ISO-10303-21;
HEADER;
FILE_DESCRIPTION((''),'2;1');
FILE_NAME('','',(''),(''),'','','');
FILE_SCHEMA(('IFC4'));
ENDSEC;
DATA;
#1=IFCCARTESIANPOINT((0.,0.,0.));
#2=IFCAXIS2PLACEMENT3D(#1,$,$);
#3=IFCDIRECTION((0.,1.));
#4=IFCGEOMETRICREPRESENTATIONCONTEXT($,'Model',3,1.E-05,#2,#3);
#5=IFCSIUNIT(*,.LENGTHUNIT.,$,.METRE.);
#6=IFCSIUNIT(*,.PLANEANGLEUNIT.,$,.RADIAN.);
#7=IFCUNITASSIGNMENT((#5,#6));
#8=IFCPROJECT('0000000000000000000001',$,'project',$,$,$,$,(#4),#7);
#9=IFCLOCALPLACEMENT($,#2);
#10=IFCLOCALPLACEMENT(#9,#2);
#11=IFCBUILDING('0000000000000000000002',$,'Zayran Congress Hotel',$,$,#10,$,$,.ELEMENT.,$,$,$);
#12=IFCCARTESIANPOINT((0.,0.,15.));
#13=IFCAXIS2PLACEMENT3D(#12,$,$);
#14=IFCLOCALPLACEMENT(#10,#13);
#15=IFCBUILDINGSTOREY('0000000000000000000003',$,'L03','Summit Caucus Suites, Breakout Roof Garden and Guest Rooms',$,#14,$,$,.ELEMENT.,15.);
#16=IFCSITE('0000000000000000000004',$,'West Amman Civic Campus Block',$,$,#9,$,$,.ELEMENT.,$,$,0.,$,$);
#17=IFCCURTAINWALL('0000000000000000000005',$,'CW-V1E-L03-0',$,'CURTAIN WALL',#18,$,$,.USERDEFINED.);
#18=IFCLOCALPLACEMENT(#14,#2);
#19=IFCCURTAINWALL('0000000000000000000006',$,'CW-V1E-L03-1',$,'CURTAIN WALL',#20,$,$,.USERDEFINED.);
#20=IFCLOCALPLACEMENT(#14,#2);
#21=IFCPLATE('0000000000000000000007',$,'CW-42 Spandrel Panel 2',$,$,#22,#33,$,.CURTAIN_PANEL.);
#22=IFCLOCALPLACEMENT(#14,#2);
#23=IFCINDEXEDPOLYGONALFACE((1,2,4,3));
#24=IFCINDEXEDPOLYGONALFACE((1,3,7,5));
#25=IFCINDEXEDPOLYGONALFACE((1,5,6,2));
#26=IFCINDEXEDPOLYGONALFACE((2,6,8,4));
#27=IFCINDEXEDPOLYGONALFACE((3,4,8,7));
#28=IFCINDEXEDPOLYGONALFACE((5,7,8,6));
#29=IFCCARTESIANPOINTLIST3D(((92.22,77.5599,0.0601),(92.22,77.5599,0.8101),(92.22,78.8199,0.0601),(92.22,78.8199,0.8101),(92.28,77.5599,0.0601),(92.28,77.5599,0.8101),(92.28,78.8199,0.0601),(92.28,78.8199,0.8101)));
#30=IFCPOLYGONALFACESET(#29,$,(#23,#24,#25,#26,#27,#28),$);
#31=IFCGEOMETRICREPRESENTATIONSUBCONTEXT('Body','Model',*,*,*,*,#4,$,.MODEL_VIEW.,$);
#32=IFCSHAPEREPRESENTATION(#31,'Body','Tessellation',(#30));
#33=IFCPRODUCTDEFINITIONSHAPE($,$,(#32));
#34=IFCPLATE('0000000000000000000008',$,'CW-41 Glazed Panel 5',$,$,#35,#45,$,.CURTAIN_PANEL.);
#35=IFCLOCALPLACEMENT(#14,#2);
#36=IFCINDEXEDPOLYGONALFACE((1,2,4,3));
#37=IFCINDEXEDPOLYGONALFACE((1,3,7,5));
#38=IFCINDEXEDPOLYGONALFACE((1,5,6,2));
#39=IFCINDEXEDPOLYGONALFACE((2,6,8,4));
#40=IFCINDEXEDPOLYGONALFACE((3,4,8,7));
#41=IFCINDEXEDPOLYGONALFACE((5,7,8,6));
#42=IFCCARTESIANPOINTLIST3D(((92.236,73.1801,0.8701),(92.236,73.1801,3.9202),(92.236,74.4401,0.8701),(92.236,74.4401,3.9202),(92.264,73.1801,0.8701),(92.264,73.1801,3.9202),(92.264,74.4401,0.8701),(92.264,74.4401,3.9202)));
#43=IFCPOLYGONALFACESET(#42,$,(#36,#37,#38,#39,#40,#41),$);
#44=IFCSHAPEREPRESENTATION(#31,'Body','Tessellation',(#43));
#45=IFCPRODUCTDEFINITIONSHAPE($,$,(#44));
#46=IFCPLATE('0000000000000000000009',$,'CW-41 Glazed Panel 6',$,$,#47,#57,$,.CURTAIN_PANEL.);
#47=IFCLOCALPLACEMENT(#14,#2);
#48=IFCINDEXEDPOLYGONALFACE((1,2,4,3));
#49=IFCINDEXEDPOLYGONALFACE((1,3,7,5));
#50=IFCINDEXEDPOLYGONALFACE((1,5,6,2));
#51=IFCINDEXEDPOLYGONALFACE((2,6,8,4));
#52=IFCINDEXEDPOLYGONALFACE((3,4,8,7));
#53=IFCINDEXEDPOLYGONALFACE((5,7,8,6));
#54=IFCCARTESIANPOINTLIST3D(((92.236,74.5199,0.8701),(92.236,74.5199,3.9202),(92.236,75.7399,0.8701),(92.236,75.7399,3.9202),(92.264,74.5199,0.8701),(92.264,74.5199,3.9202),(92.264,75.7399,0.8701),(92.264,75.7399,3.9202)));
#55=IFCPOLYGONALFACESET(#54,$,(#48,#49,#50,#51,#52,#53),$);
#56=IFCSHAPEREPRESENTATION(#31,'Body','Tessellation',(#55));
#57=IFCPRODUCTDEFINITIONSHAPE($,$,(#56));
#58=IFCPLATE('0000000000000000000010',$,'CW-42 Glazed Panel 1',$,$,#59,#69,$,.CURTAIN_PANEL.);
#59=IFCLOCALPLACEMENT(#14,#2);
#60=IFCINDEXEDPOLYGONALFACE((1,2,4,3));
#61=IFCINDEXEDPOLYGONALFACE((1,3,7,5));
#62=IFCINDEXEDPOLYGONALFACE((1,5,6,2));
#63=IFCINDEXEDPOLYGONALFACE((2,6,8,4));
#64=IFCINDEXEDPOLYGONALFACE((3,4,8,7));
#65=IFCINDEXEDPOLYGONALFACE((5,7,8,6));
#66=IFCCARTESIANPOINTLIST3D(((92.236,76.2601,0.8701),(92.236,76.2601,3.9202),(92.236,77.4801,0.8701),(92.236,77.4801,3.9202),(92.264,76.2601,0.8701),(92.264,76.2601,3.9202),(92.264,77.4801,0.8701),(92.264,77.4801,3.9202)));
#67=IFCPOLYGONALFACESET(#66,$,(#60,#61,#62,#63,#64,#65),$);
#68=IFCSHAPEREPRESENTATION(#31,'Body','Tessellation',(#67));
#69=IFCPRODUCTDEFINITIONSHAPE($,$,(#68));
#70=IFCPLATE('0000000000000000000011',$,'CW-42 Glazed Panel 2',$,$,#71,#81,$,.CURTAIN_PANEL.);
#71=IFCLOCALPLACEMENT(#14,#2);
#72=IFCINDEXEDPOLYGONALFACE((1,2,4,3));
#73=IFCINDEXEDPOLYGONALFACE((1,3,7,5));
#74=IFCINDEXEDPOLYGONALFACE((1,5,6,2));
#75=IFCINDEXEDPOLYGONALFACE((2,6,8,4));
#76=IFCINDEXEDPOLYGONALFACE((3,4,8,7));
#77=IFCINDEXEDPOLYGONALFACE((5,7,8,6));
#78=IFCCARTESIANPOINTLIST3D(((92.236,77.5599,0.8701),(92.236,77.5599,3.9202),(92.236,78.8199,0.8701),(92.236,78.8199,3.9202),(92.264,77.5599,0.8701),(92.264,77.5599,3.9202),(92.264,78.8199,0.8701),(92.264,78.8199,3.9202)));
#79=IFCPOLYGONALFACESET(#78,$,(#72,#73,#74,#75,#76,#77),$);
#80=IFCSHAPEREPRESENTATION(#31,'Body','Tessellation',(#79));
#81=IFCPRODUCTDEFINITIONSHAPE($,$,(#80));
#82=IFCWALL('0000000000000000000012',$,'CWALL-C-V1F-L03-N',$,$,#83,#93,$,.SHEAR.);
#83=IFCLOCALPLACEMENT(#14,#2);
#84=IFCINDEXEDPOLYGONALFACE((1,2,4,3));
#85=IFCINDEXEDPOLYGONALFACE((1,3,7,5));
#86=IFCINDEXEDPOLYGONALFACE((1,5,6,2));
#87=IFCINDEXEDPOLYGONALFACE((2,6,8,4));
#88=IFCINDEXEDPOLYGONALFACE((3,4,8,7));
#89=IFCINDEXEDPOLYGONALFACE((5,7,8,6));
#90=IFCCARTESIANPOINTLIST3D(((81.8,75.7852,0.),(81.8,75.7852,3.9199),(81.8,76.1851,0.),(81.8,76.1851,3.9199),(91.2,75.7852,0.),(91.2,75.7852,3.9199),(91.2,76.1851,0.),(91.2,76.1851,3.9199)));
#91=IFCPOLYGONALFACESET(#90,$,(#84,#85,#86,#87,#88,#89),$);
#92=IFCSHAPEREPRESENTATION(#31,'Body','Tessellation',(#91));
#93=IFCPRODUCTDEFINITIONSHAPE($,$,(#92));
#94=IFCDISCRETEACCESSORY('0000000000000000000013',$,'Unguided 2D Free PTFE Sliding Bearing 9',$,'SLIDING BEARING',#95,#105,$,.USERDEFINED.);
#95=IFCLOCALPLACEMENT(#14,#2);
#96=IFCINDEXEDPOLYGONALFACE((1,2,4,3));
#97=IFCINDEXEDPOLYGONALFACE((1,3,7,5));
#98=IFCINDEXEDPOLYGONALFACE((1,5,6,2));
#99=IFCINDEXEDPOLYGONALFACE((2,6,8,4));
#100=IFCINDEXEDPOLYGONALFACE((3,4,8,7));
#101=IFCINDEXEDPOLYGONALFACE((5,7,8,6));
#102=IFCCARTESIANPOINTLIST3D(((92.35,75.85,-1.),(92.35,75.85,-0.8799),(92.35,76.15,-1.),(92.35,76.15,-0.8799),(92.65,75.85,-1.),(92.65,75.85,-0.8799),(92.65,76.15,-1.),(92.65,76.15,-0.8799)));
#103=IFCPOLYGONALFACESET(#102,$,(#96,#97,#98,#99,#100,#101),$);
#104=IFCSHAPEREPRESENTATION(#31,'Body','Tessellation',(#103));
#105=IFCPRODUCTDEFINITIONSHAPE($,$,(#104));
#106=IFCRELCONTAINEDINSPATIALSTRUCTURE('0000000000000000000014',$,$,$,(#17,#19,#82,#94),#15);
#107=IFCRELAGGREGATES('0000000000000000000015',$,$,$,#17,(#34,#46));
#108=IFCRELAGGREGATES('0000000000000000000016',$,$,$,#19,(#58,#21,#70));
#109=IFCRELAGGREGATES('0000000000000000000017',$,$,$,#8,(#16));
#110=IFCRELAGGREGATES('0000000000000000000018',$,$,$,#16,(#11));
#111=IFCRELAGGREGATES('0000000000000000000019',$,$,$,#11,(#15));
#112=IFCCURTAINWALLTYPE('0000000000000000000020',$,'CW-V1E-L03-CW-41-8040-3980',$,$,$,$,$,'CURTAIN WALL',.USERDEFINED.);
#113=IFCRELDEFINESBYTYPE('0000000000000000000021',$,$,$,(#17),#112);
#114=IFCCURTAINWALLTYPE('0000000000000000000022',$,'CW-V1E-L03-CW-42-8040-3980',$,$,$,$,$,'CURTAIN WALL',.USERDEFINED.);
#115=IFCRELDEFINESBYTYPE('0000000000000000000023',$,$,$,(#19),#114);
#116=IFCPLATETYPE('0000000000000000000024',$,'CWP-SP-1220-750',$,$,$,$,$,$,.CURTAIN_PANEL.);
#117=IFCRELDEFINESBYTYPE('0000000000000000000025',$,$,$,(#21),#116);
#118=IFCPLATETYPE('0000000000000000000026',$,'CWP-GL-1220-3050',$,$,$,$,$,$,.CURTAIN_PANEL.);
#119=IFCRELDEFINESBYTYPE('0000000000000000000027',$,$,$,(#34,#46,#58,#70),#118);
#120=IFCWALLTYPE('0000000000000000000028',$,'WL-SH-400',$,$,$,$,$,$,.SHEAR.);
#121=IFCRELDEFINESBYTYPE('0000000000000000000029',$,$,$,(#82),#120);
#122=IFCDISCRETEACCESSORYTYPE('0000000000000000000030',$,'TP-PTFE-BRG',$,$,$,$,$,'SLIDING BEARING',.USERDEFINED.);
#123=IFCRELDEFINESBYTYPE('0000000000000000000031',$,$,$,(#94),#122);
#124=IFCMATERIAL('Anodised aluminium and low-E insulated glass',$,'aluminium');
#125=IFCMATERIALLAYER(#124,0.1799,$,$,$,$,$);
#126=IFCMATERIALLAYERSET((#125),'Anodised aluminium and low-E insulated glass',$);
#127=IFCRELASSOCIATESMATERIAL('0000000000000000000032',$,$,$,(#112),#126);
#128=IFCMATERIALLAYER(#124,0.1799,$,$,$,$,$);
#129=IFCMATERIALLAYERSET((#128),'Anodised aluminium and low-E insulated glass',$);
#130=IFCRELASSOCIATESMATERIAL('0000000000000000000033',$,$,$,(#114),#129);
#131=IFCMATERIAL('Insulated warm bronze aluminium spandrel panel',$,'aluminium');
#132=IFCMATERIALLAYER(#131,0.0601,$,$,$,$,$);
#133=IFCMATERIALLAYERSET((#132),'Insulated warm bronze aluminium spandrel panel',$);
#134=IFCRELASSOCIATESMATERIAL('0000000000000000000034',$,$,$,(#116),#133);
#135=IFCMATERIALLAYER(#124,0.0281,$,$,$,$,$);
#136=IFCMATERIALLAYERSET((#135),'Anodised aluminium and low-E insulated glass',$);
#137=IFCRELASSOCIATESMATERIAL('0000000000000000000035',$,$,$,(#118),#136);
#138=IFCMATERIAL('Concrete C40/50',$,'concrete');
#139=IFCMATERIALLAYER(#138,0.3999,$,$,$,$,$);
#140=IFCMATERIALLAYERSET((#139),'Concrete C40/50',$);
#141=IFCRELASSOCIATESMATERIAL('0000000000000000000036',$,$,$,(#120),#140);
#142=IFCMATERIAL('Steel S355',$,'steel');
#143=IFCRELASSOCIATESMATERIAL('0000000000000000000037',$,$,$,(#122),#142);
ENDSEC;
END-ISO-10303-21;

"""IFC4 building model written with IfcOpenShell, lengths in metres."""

from ifc_helpers import new_model, si_unit, direction, frame, frame_2d, origin, origin_2d, place, context, subcontext, project, spatial, rectangle, extrude, material, layer, layer_set, type_object, element, aggregate, save


model = new_model("IFC4")

# Units and contexts
model_context = context("Model", 3, precision=1e-05, world=origin(), true_north=direction((0.0, 1.0)))
body_context = subcontext(model_context, "Body", "Model", "MODEL_VIEW")
ifc_project = project(units=[si_unit("LENGTHUNIT", "METRE"), si_unit("PLANEANGLEUNIT", "RADIAN")], contexts=[model_context])

# Site, building, storey
site_placement = place(None, origin())
site = spatial("IfcSite", under=ifc_project, at=site_placement, Name="West Amman Civic Campus Block", CompositionType="ELEMENT", RefElevation=0.0)
building_placement = place(site_placement, origin())
building = spatial("IfcBuilding", under=site, at=building_placement, Name="Zayran Congress Hotel", CompositionType="ELEMENT")
storey_placement = place(building_placement, frame((0.0, 0.0, 15.0)))
storey = spatial("IfcBuildingStorey", under=building, at=storey_placement, Name="L03", Description="Summit Caucus Suites, Breakout Roof Garden and Guest Rooms", CompositionType="ELEMENT", Elevation=15.0)

# Shared definitions
ifc_material_1 = material(Name="Steel S355", Category="steel")

# Curtain walls
ifc_material_2 = material(Name="Anodised aluminium and low-E insulated glass", Category="aluminium")
ifc_layer_1 = layer(ifc_material_2, 0.1799)
ifc_layer_set_1 = layer_set([ifc_layer_1], Name="Anodised aluminium and low-E insulated glass")
curtain_wall_type_1 = type_object("IfcCurtainWallType", Name="CW-V1E-L03-CW-41-8040-3980", ElementType="CURTAIN WALL", PredefinedType="USERDEFINED", material=ifc_layer_set_1)
curtain_wall_1_placement = place(storey_placement, origin())
curtain_wall_1 = element("IfcCurtainWall", 1, at=curtain_wall_1_placement, inside=storey, type_object=curtain_wall_type_1, Name="CW-V1E-L03-0", ObjectType="CURTAIN WALL", PredefinedType="USERDEFINED")
ifc_layer_2 = layer(ifc_material_2, 0.1799)
ifc_layer_set_2 = layer_set([ifc_layer_2], Name="Anodised aluminium and low-E insulated glass")
curtain_wall_type_2 = type_object("IfcCurtainWallType", Name="CW-V1E-L03-CW-42-8040-3980", ElementType="CURTAIN WALL", PredefinedType="USERDEFINED", material=ifc_layer_set_2)
curtain_wall_2_placement = place(storey_placement, origin())
curtain_wall_2 = element("IfcCurtainWall", 2, at=curtain_wall_2_placement, inside=storey, type_object=curtain_wall_type_2, Name="CW-V1E-L03-1", ObjectType="CURTAIN WALL", PredefinedType="USERDEFINED")

# Plates
ifc_material_3 = material(Name="Insulated warm bronze aluminium spandrel panel", Category="aluminium")
ifc_layer_3 = layer(ifc_material_3, 0.0601)
ifc_layer_set_3 = layer_set([ifc_layer_3], Name="Insulated warm bronze aluminium spandrel panel")
plate_type_1 = type_object("IfcPlateType", Name="CWP-SP-1220-750", PredefinedType="CURTAIN_PANEL", material=ifc_layer_set_3)
plate_1_placement = place(storey_placement, frame((92.25, 78.1899, 0.0601), z_axis=(0.0, 0.0, 1.0), x_axis=(0.0, 1.0, 0.0)))
plate_1 = element("IfcPlate", 3, at=plate_1_placement, type_object=plate_type_1, Name="CW-42 Spandrel Panel 2", PredefinedType="CURTAIN_PANEL", context=body_context, shape_type="SweptSolid", body=[
    extrude(rectangle(XDim=1.26, YDim=0.0601, at=origin_2d()), origin(), (0.0, 0.0, 1.0), 0.75),
])
ifc_layer_4 = layer(ifc_material_2, 0.0281)
ifc_layer_set_4 = layer_set([ifc_layer_4], Name="Anodised aluminium and low-E insulated glass")
plate_type_2 = type_object("IfcPlateType", Name="CWP-GL-1220-3050", PredefinedType="CURTAIN_PANEL", material=ifc_layer_set_4)
plate_2_placement = place(storey_placement, frame((92.25, 73.8101, 0.8701), z_axis=(0.0, 0.0, 1.0), x_axis=(0.0, 1.0, 0.0)))
plate_2 = element("IfcPlate", 4, at=plate_2_placement, type_object=plate_type_2, Name="CW-41 Glazed Panel 5", PredefinedType="CURTAIN_PANEL", context=body_context, shape_type="SweptSolid", body=[
    extrude(rectangle(XDim=1.26, YDim=0.0281, at=origin_2d()), origin(), (0.0, 0.0, 1.0), 3.05),
])
plate_3_placement = place(storey_placement, frame((92.25, 75.1299, 0.8701), z_axis=(0.0, 0.0, 1.0), x_axis=(0.0, 1.0, 0.0)))
plate_3 = element("IfcPlate", 5, at=plate_3_placement, type_object=plate_type_2, Name="CW-41 Glazed Panel 6", PredefinedType="CURTAIN_PANEL", context=body_context, shape_type="SweptSolid", body=[
    extrude(rectangle(XDim=1.22, YDim=0.0281, at=origin_2d()), origin(), (0.0, 0.0, 1.0), 3.05),
])
aggregate(curtain_wall_1, [plate_2, plate_3])
plate_4_placement = place(storey_placement, frame((92.25, 76.8701, 0.8701), z_axis=(0.0, 0.0, 1.0), x_axis=(0.0, 1.0, 0.0)))
plate_4 = element("IfcPlate", 6, at=plate_4_placement, type_object=plate_type_2, Name="CW-42 Glazed Panel 1", PredefinedType="CURTAIN_PANEL", context=body_context, shape_type="SweptSolid", body=[
    extrude(rectangle(XDim=1.22, YDim=0.0281, at=origin_2d()), origin(), (0.0, 0.0, 1.0), 3.05),
])
plate_5_placement = place(storey_placement, frame((92.25, 78.1899, 0.8701), z_axis=(0.0, 0.0, 1.0), x_axis=(0.0, 1.0, 0.0)))
plate_5 = element("IfcPlate", 7, at=plate_5_placement, type_object=plate_type_2, Name="CW-42 Glazed Panel 2", PredefinedType="CURTAIN_PANEL", context=body_context, shape_type="SweptSolid", body=[
    extrude(rectangle(XDim=1.26, YDim=0.0281, at=origin_2d()), origin(), (0.0, 0.0, 1.0), 3.05),
])
aggregate(curtain_wall_2, [plate_4, plate_1, plate_5])

# Wall
ifc_material_4 = material(Name="Concrete C40/50", Category="concrete")
ifc_layer_5 = layer(ifc_material_4, 0.3999)
ifc_layer_set_5 = layer_set([ifc_layer_5], Name="Concrete C40/50")
wall_type = type_object("IfcWallType", Name="WL-SH-400", PredefinedType="SHEAR", material=ifc_layer_set_5)
wall_placement = place(storey_placement, frame((91.2, 75.9851, 0.0), z_axis=(0.0, 0.0, 1.0), x_axis=(-1.0, 0.0, 0.0)))
element("IfcWall", 8, at=wall_placement, inside=storey, type_object=wall_type, Name="CWALL-C-V1F-L03-N", PredefinedType="SHEAR", context=body_context, shape_type="SweptSolid", body=[
    extrude(rectangle(XDim=9.3999, YDim=0.3999, at=frame_2d((4.7, 0.0))), origin(), (0.0, 0.0, 1.0), 3.9199),
])

# Discrete accessory
discrete_accessory_type = type_object("IfcDiscreteAccessoryType", Name="TP-PTFE-BRG", ElementType="SLIDING BEARING", PredefinedType="USERDEFINED", material=ifc_material_1)
discrete_accessory_placement = place(storey_placement, frame((92.5, 76.0, -1.0), z_axis=(0.0, 0.0, 1.0), x_axis=(1.0, 0.0, 0.0)))
element("IfcDiscreteAccessory", 9, at=discrete_accessory_placement, inside=storey, type_object=discrete_accessory_type, Name="Unguided 2D Free PTFE Sliding Bearing 9", ObjectType="SLIDING BEARING", PredefinedType="USERDEFINED", context=body_context, shape_type="SweptSolid", body=[
    extrude(rectangle(XDim=0.3, YDim=0.3, at=origin_2d()), origin(), (0.0, 0.0, 1.0), 0.1201),
])

save(model, "model.ifc")
